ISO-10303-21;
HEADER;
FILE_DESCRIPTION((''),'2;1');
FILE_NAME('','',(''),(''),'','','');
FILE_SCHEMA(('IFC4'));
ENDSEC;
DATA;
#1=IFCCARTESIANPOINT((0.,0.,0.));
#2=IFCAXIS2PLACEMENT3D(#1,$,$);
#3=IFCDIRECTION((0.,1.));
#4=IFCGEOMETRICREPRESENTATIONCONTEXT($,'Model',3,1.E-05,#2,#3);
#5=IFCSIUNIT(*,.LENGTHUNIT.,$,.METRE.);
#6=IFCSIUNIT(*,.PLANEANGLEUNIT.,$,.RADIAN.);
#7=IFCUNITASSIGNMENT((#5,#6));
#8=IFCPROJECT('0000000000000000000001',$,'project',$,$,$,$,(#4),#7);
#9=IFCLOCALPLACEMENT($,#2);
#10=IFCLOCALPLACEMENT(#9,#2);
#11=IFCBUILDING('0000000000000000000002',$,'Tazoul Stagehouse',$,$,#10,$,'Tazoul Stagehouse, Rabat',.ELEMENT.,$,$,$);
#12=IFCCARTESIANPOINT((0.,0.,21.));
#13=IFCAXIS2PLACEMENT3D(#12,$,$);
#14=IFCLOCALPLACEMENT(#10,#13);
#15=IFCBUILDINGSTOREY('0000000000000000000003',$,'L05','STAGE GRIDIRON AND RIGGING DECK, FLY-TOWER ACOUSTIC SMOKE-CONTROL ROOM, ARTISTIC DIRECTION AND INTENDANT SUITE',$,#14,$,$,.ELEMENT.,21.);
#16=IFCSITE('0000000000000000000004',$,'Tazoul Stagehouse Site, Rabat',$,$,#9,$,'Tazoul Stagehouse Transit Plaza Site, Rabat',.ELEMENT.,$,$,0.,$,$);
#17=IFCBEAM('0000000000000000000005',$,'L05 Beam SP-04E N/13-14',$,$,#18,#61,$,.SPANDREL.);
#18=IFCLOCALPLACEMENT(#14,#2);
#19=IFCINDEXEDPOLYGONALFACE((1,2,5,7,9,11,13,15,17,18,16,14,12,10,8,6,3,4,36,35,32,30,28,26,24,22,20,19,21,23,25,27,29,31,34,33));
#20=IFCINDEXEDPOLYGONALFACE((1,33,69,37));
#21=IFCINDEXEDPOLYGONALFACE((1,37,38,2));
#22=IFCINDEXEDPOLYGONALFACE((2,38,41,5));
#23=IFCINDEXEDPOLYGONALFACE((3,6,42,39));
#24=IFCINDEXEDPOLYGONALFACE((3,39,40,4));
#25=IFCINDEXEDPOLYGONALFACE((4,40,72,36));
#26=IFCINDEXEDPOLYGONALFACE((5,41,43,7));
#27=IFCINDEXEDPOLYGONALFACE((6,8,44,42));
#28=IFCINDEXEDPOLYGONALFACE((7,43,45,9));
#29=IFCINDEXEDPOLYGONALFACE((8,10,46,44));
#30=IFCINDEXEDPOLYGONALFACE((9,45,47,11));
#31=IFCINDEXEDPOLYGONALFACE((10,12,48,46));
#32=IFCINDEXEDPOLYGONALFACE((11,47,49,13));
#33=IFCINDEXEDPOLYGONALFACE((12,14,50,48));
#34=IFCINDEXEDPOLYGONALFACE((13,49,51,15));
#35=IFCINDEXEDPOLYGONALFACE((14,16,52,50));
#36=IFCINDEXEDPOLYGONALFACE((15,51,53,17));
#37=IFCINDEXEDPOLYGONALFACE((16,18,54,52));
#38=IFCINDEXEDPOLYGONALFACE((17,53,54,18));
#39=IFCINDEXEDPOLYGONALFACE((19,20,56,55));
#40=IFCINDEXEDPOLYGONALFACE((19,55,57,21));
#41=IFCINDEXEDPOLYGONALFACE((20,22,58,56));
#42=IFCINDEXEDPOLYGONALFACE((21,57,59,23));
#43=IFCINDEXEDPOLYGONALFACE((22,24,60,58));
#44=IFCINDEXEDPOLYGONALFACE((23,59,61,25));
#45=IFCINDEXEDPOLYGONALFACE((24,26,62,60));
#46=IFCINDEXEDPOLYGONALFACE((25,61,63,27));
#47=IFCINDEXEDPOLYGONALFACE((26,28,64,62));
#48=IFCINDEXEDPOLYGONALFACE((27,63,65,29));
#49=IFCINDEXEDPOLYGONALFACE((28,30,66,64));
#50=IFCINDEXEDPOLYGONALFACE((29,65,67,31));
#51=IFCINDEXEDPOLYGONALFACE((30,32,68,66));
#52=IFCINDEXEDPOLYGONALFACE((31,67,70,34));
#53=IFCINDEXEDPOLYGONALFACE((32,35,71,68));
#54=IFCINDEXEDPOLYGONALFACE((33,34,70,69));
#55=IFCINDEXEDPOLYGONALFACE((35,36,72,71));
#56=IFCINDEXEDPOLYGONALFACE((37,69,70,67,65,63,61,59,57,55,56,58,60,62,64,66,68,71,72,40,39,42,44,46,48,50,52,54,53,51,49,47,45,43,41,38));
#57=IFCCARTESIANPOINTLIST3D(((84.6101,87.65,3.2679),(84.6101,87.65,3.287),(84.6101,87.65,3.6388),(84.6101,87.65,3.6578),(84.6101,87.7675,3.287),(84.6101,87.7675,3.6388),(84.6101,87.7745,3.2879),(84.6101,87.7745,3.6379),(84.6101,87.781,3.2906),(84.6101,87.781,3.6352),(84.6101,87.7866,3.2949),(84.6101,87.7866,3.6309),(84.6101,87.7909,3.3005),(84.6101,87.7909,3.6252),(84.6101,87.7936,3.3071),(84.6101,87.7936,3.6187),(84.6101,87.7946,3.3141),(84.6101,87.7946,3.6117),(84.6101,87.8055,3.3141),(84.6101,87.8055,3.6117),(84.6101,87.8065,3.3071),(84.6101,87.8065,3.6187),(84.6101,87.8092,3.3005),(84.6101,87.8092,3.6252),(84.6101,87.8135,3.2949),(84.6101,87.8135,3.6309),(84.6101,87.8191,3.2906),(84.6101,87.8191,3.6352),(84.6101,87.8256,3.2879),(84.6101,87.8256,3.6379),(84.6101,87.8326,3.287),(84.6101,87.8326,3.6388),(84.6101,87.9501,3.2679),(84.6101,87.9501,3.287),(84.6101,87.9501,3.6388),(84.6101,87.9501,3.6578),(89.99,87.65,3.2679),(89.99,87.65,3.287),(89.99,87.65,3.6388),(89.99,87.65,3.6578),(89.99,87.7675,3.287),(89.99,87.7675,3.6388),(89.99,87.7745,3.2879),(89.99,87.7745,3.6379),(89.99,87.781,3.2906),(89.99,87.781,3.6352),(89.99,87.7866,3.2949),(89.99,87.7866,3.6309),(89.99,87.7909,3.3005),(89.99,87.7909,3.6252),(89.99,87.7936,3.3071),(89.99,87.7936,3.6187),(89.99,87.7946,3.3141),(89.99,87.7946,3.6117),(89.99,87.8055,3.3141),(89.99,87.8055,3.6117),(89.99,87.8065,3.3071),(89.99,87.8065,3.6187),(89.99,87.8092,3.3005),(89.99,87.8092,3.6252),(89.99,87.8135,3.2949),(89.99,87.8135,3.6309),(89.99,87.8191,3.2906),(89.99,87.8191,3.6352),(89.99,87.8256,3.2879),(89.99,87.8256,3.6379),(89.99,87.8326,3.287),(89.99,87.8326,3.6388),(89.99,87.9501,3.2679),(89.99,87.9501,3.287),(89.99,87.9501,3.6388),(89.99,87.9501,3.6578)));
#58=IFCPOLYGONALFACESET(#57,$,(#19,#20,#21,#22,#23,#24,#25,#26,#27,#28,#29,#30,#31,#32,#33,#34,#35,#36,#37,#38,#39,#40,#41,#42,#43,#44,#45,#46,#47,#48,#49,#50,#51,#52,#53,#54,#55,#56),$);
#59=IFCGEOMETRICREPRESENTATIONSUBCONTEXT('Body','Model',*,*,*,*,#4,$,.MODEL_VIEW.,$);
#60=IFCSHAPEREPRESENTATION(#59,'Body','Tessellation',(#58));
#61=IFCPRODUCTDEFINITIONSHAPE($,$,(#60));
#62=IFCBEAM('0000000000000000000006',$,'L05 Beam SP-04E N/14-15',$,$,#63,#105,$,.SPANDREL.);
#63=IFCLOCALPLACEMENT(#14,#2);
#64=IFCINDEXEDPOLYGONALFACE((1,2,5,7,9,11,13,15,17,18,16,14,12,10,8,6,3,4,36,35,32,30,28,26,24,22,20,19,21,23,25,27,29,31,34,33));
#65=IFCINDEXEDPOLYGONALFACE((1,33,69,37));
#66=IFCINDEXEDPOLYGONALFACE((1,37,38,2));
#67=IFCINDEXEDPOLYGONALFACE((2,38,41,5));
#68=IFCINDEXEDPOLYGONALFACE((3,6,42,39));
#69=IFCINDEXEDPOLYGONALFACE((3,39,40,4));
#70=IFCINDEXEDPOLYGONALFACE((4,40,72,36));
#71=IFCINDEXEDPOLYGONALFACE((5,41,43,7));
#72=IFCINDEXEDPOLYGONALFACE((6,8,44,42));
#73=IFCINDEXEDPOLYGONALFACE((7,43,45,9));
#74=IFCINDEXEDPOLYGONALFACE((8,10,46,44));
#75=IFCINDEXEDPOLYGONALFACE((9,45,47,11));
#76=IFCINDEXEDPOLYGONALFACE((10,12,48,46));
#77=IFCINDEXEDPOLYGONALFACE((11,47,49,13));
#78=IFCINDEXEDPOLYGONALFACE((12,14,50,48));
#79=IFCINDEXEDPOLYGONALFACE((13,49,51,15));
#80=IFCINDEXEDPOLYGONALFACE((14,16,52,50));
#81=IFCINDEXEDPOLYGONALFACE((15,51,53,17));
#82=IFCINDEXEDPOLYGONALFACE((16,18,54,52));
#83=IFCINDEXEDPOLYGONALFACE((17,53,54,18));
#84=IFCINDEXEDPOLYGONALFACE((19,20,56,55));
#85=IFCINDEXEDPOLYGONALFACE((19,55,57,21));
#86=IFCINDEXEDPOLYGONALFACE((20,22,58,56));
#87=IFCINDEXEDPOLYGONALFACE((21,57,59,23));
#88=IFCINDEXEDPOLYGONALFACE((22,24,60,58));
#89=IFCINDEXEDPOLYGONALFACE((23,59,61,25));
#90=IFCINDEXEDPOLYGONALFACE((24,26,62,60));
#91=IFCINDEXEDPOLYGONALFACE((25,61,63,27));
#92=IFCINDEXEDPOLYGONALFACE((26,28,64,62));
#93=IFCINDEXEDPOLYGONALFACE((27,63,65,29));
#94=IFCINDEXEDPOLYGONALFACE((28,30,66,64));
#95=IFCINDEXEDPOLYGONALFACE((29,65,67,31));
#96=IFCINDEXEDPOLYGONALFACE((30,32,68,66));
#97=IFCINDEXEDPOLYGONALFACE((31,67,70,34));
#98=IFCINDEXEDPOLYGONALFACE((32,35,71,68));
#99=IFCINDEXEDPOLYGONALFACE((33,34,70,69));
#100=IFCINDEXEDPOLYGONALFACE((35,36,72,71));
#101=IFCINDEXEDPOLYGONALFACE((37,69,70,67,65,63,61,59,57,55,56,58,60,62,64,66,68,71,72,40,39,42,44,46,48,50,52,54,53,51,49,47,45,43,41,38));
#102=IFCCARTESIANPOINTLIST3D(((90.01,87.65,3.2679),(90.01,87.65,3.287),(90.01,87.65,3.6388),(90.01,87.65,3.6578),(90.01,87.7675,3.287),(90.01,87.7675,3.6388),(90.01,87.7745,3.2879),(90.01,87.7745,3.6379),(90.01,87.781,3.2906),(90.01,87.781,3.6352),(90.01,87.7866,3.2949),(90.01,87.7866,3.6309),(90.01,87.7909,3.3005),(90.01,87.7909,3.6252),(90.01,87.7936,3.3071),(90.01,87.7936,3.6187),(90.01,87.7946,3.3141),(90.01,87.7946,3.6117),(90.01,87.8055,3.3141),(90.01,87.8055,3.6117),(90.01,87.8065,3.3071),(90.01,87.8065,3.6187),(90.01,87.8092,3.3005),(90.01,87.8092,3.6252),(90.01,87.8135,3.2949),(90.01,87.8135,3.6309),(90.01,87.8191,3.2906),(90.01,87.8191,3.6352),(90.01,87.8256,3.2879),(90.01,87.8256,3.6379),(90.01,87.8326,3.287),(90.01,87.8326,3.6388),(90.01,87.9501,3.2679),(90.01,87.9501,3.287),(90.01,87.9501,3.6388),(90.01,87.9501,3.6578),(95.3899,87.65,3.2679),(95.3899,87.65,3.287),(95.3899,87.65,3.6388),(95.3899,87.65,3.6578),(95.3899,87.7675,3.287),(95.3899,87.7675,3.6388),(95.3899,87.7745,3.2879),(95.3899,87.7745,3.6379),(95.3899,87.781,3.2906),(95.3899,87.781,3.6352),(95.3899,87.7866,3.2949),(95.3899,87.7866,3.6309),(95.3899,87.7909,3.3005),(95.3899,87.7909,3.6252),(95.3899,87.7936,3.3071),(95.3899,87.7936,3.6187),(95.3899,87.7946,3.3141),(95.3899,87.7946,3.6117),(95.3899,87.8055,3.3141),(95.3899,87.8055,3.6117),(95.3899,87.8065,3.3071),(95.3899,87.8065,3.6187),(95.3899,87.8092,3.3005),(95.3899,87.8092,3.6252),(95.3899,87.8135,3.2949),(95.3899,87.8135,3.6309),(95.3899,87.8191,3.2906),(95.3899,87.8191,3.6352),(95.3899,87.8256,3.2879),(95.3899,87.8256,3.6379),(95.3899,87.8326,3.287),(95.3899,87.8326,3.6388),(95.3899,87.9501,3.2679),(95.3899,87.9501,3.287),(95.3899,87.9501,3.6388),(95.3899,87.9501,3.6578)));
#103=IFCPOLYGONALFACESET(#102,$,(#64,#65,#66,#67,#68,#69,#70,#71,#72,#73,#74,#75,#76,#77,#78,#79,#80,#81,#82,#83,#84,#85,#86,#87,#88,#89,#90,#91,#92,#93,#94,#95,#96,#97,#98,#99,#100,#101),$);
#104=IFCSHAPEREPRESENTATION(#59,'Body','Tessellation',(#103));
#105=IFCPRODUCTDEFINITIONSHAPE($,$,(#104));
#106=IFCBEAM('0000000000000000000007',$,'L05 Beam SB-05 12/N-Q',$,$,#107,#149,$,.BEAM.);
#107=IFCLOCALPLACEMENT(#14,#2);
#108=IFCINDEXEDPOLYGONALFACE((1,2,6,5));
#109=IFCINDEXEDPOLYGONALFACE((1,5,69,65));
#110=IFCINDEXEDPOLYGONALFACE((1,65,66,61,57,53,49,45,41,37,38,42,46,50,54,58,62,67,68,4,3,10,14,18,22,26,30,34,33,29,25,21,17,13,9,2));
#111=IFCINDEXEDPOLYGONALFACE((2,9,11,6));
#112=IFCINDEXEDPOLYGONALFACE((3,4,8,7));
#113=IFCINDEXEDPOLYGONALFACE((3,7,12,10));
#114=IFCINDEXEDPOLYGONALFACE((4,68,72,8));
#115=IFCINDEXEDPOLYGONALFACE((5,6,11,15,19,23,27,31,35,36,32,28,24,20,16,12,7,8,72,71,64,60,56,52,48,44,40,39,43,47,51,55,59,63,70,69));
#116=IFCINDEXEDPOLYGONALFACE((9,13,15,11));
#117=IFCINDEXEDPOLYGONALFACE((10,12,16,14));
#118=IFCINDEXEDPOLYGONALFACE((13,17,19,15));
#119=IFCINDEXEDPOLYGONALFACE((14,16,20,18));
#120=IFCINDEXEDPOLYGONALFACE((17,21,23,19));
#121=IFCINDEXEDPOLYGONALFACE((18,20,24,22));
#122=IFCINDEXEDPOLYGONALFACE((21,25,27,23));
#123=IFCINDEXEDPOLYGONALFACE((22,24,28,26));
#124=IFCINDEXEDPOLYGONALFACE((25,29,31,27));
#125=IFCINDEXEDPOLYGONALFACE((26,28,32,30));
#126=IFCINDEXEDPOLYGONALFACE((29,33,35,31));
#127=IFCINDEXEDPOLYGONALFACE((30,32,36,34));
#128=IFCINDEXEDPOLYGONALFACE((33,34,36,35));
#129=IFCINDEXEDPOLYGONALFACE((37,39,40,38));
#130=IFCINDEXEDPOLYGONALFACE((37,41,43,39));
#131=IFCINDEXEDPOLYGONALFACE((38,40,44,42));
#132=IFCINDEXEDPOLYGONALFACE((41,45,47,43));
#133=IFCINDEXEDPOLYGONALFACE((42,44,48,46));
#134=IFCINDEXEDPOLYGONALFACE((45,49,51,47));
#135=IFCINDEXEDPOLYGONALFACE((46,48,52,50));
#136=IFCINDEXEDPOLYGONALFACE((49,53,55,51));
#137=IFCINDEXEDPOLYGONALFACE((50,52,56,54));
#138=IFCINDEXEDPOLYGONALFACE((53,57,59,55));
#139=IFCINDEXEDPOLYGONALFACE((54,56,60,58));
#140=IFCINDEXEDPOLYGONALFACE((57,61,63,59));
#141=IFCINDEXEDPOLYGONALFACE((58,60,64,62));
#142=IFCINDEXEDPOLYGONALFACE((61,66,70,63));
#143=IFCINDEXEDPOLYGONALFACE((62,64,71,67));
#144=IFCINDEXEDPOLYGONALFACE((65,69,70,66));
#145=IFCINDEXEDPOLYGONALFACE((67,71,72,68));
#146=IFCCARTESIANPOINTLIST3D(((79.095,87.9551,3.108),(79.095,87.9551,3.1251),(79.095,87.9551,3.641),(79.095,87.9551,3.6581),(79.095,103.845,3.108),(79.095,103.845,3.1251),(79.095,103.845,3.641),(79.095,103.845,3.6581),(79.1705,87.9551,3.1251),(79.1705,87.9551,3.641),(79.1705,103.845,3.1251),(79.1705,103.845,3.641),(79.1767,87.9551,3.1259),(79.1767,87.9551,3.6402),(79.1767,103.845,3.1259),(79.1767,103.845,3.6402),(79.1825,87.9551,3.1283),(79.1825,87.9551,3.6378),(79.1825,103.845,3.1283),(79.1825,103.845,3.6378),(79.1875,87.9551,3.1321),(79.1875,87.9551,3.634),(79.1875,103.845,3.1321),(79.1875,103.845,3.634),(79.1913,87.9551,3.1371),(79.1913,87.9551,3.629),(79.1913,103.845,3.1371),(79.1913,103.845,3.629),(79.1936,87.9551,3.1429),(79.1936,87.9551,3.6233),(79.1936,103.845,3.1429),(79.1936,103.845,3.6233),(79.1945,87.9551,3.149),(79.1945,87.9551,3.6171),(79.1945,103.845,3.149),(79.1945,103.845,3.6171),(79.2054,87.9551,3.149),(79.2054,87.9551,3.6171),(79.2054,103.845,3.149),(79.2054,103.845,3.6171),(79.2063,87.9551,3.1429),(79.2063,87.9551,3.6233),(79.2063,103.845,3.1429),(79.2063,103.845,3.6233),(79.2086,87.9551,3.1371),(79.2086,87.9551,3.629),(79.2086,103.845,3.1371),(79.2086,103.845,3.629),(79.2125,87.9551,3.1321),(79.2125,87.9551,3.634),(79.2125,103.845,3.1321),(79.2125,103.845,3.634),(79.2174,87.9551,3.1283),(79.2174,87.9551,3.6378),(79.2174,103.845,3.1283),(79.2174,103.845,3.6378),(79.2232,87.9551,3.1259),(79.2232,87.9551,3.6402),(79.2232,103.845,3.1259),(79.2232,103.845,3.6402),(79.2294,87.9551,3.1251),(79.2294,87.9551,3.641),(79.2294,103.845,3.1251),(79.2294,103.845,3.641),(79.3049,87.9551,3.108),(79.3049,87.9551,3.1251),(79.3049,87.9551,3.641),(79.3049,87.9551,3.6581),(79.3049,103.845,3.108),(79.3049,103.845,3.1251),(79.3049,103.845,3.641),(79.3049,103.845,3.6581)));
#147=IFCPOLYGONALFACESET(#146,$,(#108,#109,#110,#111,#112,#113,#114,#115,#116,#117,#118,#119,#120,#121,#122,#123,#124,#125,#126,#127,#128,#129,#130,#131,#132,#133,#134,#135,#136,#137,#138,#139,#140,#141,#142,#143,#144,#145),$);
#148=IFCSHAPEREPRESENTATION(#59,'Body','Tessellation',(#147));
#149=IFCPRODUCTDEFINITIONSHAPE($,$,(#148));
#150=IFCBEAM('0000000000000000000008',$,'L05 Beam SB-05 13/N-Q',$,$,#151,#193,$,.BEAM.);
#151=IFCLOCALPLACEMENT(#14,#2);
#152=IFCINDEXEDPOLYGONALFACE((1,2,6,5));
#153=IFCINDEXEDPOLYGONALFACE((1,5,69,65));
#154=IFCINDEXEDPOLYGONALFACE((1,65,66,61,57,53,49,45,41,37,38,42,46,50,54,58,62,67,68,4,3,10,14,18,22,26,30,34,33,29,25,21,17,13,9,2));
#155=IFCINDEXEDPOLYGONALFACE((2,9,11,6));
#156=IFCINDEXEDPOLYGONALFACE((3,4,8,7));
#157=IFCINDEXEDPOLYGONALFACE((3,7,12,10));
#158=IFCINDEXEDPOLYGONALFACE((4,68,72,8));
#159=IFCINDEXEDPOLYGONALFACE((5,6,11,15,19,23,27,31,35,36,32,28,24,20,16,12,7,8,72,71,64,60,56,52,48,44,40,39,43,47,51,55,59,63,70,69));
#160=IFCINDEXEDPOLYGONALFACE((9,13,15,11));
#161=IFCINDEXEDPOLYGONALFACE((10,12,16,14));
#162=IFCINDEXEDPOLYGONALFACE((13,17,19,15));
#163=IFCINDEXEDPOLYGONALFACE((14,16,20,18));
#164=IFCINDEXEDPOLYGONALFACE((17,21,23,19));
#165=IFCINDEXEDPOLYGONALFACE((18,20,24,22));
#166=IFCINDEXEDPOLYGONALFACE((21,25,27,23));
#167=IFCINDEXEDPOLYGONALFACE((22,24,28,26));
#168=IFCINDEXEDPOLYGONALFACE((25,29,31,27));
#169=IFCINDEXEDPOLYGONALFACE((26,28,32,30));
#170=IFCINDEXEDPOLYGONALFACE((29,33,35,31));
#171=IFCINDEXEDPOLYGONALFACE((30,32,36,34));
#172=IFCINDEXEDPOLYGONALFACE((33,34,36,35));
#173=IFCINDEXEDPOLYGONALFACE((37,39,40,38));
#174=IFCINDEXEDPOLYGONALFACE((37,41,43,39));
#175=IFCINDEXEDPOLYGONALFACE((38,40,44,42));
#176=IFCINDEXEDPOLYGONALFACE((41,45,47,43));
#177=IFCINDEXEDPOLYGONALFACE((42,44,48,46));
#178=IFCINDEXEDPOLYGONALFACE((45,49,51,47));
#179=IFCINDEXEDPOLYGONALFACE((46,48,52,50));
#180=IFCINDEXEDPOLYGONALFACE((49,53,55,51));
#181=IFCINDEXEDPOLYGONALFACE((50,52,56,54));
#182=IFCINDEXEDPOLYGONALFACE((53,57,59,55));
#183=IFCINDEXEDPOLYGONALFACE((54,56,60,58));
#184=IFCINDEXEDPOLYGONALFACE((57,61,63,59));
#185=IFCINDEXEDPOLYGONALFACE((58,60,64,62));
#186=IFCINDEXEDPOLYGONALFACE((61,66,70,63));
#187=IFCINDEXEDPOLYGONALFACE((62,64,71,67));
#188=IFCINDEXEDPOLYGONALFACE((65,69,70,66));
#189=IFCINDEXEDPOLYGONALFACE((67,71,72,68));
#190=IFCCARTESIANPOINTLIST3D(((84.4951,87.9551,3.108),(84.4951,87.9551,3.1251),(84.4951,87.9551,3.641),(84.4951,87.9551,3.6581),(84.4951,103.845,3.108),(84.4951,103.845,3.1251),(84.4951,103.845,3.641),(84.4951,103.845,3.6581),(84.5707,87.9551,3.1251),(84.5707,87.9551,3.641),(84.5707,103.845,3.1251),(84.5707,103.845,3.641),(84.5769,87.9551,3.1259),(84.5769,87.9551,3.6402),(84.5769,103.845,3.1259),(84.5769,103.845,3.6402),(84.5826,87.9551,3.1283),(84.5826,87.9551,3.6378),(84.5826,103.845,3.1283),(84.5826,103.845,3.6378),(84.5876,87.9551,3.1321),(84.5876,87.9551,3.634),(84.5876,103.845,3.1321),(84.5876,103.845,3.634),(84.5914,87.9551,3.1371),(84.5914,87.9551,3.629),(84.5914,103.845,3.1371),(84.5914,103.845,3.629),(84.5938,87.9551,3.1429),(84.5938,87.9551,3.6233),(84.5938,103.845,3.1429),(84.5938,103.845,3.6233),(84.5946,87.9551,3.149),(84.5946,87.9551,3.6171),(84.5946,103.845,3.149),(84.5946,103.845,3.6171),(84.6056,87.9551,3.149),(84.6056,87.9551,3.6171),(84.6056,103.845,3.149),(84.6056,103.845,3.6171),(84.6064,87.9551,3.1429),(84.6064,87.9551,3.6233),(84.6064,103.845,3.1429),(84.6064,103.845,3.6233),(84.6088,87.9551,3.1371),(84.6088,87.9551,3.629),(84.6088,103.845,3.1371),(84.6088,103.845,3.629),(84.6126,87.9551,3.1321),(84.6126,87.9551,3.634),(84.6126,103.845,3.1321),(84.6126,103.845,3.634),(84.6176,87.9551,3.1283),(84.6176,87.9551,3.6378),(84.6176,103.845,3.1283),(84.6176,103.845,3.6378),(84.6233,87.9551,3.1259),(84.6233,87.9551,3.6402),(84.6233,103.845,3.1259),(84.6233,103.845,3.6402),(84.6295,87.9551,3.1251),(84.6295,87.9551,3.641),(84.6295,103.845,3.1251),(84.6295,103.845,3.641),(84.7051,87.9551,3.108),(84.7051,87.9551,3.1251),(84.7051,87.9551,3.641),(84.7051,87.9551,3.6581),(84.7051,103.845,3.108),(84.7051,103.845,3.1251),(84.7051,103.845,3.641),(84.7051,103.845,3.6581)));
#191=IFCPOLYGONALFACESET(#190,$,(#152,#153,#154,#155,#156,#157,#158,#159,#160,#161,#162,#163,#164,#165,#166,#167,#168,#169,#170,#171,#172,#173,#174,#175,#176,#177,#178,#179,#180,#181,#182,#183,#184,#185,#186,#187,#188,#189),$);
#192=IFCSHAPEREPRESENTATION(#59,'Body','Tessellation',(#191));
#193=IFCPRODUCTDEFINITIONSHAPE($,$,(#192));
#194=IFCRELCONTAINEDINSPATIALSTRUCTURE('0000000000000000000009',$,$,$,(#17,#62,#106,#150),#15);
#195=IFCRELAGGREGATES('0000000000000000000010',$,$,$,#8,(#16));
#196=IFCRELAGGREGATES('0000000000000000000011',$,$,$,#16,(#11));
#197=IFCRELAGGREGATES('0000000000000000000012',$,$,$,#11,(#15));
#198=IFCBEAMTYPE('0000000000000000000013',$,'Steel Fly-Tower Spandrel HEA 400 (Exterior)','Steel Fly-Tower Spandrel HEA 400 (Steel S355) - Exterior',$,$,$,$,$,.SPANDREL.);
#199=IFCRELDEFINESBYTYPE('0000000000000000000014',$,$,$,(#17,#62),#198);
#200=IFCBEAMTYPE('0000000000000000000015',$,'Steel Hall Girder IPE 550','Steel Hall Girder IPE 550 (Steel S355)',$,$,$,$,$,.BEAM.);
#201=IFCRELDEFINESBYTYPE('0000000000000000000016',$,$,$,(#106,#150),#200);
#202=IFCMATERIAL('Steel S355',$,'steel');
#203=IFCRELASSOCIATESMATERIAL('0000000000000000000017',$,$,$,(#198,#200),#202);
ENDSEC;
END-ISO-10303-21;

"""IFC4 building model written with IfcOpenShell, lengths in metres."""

from ifc_helpers import new_model, si_unit, direction, frame, origin, origin_2d, place, context, subcontext, project, spatial, i_section, extrude, material, material_profile, profile_set, type_object, element, save


model = new_model("IFC4")

# Units and contexts
model_context = context("Model", 3, precision=1e-05, world=origin(), true_north=direction((0.0, 1.0)))
body_context = subcontext(model_context, "Body", "Model", "MODEL_VIEW")
ifc_project = project(units=[si_unit("LENGTHUNIT", "METRE"), si_unit("PLANEANGLEUNIT", "RADIAN")], contexts=[model_context])

# Site, building, storey
site_placement = place(None, origin())
site = spatial("IfcSite", under=ifc_project, at=site_placement, Name="Tazoul Stagehouse Site, Rabat", LongName="Tazoul Stagehouse Transit Plaza Site, Rabat", CompositionType="ELEMENT", RefElevation=0.0)
building_placement = place(site_placement, origin())
building = spatial("IfcBuilding", under=site, at=building_placement, Name="Tazoul Stagehouse", LongName="Tazoul Stagehouse, Rabat", CompositionType="ELEMENT")
storey_placement = place(building_placement, frame((0.0, 0.0, 21.0)))
storey = spatial("IfcBuildingStorey", under=building, at=storey_placement, Name="L05", Description="STAGE GRIDIRON AND RIGGING DECK, FLY-TOWER ACOUSTIC SMOKE-CONTROL ROOM, ARTISTIC DIRECTION AND INTENDANT SUITE", CompositionType="ELEMENT", Elevation=21.0)

# Shared definitions
ifc_material_1 = material(Name="Steel S355", Category="steel")

# Beams
ifc_material_profile_1 = material_profile(ifc_material_1, i_section(OverallWidth=0.3, OverallDepth=0.3899, WebThickness=0.011, FlangeThickness=0.019, FilletRadius=0.0271, at=origin_2d()), Name="HEA 400")
ifc_profile_set_1 = profile_set([ifc_material_profile_1], Name="Steel S355")
beam_type_1 = type_object("IfcBeamType", Name="Steel Fly-Tower Spandrel HEA 400 (Exterior)", Description="Steel Fly-Tower Spandrel HEA 400 (Steel S355) - Exterior", PredefinedType="SPANDREL", material=ifc_profile_set_1)
for number, where, z_axis, x_axis, name in (
    (1, (84.6101, 87.8, 3.4629), (1.0, 0.0, 0.0), (0.0, 1.0, 0.0), "L05 Beam SP-04E N/13-14"),
    (2, (90.01, 87.8, 3.4629), (1.0, 0.0, 0.0), (0.0, 1.0, 0.0), "L05 Beam SP-04E N/14-15"),
):
    element("IfcBeam", number, at=place(storey_placement, frame(where, z_axis=z_axis, x_axis=x_axis)), inside=storey, type_object=beam_type_1, Name=name, PredefinedType="SPANDREL", context=body_context, shape_type="SweptSolid", body=[
        extrude(i_section(OverallWidth=0.3, OverallDepth=0.3899, WebThickness=0.011, FlangeThickness=0.019, FilletRadius=0.0271, at=origin_2d()), origin(), (0.0, 0.0, 1.0), 5.3799),
    ])
ifc_material_profile_2 = material_profile(ifc_material_1, i_section(OverallWidth=0.21, OverallDepth=0.55, WebThickness=0.011, FlangeThickness=0.0171, FilletRadius=0.0239, at=origin_2d()), Name="IPE 550")
ifc_profile_set_2 = profile_set([ifc_material_profile_2], Name="Steel S355")
beam_type_2 = type_object("IfcBeamType", Name="Steel Hall Girder IPE 550", Description="Steel Hall Girder IPE 550 (Steel S355)", PredefinedType="BEAM", material=ifc_profile_set_2)
for number, where, z_axis, x_axis, name in (
    (3, (79.2, 87.9551, 3.3831), (0.0, 1.0, 0.0), (-1.0, 0.0, 0.0), "L05 Beam SB-05 12/N-Q"),
    (4, (84.6001, 87.9551, 3.3831), (0.0, 1.0, 0.0), (-1.0, 0.0, 0.0), "L05 Beam SB-05 13/N-Q"),
):
    element("IfcBeam", number, at=place(storey_placement, frame(where, z_axis=z_axis, x_axis=x_axis)), inside=storey, type_object=beam_type_2, Name=name, PredefinedType="BEAM", context=body_context, shape_type="SweptSolid", body=[
        extrude(i_section(OverallWidth=0.21, OverallDepth=0.55, WebThickness=0.011, FlangeThickness=0.0171, FilletRadius=0.0239, at=origin_2d()), origin(), (0.0, 0.0, 1.0), 15.8899),
    ])

save(model, "model.ifc")
